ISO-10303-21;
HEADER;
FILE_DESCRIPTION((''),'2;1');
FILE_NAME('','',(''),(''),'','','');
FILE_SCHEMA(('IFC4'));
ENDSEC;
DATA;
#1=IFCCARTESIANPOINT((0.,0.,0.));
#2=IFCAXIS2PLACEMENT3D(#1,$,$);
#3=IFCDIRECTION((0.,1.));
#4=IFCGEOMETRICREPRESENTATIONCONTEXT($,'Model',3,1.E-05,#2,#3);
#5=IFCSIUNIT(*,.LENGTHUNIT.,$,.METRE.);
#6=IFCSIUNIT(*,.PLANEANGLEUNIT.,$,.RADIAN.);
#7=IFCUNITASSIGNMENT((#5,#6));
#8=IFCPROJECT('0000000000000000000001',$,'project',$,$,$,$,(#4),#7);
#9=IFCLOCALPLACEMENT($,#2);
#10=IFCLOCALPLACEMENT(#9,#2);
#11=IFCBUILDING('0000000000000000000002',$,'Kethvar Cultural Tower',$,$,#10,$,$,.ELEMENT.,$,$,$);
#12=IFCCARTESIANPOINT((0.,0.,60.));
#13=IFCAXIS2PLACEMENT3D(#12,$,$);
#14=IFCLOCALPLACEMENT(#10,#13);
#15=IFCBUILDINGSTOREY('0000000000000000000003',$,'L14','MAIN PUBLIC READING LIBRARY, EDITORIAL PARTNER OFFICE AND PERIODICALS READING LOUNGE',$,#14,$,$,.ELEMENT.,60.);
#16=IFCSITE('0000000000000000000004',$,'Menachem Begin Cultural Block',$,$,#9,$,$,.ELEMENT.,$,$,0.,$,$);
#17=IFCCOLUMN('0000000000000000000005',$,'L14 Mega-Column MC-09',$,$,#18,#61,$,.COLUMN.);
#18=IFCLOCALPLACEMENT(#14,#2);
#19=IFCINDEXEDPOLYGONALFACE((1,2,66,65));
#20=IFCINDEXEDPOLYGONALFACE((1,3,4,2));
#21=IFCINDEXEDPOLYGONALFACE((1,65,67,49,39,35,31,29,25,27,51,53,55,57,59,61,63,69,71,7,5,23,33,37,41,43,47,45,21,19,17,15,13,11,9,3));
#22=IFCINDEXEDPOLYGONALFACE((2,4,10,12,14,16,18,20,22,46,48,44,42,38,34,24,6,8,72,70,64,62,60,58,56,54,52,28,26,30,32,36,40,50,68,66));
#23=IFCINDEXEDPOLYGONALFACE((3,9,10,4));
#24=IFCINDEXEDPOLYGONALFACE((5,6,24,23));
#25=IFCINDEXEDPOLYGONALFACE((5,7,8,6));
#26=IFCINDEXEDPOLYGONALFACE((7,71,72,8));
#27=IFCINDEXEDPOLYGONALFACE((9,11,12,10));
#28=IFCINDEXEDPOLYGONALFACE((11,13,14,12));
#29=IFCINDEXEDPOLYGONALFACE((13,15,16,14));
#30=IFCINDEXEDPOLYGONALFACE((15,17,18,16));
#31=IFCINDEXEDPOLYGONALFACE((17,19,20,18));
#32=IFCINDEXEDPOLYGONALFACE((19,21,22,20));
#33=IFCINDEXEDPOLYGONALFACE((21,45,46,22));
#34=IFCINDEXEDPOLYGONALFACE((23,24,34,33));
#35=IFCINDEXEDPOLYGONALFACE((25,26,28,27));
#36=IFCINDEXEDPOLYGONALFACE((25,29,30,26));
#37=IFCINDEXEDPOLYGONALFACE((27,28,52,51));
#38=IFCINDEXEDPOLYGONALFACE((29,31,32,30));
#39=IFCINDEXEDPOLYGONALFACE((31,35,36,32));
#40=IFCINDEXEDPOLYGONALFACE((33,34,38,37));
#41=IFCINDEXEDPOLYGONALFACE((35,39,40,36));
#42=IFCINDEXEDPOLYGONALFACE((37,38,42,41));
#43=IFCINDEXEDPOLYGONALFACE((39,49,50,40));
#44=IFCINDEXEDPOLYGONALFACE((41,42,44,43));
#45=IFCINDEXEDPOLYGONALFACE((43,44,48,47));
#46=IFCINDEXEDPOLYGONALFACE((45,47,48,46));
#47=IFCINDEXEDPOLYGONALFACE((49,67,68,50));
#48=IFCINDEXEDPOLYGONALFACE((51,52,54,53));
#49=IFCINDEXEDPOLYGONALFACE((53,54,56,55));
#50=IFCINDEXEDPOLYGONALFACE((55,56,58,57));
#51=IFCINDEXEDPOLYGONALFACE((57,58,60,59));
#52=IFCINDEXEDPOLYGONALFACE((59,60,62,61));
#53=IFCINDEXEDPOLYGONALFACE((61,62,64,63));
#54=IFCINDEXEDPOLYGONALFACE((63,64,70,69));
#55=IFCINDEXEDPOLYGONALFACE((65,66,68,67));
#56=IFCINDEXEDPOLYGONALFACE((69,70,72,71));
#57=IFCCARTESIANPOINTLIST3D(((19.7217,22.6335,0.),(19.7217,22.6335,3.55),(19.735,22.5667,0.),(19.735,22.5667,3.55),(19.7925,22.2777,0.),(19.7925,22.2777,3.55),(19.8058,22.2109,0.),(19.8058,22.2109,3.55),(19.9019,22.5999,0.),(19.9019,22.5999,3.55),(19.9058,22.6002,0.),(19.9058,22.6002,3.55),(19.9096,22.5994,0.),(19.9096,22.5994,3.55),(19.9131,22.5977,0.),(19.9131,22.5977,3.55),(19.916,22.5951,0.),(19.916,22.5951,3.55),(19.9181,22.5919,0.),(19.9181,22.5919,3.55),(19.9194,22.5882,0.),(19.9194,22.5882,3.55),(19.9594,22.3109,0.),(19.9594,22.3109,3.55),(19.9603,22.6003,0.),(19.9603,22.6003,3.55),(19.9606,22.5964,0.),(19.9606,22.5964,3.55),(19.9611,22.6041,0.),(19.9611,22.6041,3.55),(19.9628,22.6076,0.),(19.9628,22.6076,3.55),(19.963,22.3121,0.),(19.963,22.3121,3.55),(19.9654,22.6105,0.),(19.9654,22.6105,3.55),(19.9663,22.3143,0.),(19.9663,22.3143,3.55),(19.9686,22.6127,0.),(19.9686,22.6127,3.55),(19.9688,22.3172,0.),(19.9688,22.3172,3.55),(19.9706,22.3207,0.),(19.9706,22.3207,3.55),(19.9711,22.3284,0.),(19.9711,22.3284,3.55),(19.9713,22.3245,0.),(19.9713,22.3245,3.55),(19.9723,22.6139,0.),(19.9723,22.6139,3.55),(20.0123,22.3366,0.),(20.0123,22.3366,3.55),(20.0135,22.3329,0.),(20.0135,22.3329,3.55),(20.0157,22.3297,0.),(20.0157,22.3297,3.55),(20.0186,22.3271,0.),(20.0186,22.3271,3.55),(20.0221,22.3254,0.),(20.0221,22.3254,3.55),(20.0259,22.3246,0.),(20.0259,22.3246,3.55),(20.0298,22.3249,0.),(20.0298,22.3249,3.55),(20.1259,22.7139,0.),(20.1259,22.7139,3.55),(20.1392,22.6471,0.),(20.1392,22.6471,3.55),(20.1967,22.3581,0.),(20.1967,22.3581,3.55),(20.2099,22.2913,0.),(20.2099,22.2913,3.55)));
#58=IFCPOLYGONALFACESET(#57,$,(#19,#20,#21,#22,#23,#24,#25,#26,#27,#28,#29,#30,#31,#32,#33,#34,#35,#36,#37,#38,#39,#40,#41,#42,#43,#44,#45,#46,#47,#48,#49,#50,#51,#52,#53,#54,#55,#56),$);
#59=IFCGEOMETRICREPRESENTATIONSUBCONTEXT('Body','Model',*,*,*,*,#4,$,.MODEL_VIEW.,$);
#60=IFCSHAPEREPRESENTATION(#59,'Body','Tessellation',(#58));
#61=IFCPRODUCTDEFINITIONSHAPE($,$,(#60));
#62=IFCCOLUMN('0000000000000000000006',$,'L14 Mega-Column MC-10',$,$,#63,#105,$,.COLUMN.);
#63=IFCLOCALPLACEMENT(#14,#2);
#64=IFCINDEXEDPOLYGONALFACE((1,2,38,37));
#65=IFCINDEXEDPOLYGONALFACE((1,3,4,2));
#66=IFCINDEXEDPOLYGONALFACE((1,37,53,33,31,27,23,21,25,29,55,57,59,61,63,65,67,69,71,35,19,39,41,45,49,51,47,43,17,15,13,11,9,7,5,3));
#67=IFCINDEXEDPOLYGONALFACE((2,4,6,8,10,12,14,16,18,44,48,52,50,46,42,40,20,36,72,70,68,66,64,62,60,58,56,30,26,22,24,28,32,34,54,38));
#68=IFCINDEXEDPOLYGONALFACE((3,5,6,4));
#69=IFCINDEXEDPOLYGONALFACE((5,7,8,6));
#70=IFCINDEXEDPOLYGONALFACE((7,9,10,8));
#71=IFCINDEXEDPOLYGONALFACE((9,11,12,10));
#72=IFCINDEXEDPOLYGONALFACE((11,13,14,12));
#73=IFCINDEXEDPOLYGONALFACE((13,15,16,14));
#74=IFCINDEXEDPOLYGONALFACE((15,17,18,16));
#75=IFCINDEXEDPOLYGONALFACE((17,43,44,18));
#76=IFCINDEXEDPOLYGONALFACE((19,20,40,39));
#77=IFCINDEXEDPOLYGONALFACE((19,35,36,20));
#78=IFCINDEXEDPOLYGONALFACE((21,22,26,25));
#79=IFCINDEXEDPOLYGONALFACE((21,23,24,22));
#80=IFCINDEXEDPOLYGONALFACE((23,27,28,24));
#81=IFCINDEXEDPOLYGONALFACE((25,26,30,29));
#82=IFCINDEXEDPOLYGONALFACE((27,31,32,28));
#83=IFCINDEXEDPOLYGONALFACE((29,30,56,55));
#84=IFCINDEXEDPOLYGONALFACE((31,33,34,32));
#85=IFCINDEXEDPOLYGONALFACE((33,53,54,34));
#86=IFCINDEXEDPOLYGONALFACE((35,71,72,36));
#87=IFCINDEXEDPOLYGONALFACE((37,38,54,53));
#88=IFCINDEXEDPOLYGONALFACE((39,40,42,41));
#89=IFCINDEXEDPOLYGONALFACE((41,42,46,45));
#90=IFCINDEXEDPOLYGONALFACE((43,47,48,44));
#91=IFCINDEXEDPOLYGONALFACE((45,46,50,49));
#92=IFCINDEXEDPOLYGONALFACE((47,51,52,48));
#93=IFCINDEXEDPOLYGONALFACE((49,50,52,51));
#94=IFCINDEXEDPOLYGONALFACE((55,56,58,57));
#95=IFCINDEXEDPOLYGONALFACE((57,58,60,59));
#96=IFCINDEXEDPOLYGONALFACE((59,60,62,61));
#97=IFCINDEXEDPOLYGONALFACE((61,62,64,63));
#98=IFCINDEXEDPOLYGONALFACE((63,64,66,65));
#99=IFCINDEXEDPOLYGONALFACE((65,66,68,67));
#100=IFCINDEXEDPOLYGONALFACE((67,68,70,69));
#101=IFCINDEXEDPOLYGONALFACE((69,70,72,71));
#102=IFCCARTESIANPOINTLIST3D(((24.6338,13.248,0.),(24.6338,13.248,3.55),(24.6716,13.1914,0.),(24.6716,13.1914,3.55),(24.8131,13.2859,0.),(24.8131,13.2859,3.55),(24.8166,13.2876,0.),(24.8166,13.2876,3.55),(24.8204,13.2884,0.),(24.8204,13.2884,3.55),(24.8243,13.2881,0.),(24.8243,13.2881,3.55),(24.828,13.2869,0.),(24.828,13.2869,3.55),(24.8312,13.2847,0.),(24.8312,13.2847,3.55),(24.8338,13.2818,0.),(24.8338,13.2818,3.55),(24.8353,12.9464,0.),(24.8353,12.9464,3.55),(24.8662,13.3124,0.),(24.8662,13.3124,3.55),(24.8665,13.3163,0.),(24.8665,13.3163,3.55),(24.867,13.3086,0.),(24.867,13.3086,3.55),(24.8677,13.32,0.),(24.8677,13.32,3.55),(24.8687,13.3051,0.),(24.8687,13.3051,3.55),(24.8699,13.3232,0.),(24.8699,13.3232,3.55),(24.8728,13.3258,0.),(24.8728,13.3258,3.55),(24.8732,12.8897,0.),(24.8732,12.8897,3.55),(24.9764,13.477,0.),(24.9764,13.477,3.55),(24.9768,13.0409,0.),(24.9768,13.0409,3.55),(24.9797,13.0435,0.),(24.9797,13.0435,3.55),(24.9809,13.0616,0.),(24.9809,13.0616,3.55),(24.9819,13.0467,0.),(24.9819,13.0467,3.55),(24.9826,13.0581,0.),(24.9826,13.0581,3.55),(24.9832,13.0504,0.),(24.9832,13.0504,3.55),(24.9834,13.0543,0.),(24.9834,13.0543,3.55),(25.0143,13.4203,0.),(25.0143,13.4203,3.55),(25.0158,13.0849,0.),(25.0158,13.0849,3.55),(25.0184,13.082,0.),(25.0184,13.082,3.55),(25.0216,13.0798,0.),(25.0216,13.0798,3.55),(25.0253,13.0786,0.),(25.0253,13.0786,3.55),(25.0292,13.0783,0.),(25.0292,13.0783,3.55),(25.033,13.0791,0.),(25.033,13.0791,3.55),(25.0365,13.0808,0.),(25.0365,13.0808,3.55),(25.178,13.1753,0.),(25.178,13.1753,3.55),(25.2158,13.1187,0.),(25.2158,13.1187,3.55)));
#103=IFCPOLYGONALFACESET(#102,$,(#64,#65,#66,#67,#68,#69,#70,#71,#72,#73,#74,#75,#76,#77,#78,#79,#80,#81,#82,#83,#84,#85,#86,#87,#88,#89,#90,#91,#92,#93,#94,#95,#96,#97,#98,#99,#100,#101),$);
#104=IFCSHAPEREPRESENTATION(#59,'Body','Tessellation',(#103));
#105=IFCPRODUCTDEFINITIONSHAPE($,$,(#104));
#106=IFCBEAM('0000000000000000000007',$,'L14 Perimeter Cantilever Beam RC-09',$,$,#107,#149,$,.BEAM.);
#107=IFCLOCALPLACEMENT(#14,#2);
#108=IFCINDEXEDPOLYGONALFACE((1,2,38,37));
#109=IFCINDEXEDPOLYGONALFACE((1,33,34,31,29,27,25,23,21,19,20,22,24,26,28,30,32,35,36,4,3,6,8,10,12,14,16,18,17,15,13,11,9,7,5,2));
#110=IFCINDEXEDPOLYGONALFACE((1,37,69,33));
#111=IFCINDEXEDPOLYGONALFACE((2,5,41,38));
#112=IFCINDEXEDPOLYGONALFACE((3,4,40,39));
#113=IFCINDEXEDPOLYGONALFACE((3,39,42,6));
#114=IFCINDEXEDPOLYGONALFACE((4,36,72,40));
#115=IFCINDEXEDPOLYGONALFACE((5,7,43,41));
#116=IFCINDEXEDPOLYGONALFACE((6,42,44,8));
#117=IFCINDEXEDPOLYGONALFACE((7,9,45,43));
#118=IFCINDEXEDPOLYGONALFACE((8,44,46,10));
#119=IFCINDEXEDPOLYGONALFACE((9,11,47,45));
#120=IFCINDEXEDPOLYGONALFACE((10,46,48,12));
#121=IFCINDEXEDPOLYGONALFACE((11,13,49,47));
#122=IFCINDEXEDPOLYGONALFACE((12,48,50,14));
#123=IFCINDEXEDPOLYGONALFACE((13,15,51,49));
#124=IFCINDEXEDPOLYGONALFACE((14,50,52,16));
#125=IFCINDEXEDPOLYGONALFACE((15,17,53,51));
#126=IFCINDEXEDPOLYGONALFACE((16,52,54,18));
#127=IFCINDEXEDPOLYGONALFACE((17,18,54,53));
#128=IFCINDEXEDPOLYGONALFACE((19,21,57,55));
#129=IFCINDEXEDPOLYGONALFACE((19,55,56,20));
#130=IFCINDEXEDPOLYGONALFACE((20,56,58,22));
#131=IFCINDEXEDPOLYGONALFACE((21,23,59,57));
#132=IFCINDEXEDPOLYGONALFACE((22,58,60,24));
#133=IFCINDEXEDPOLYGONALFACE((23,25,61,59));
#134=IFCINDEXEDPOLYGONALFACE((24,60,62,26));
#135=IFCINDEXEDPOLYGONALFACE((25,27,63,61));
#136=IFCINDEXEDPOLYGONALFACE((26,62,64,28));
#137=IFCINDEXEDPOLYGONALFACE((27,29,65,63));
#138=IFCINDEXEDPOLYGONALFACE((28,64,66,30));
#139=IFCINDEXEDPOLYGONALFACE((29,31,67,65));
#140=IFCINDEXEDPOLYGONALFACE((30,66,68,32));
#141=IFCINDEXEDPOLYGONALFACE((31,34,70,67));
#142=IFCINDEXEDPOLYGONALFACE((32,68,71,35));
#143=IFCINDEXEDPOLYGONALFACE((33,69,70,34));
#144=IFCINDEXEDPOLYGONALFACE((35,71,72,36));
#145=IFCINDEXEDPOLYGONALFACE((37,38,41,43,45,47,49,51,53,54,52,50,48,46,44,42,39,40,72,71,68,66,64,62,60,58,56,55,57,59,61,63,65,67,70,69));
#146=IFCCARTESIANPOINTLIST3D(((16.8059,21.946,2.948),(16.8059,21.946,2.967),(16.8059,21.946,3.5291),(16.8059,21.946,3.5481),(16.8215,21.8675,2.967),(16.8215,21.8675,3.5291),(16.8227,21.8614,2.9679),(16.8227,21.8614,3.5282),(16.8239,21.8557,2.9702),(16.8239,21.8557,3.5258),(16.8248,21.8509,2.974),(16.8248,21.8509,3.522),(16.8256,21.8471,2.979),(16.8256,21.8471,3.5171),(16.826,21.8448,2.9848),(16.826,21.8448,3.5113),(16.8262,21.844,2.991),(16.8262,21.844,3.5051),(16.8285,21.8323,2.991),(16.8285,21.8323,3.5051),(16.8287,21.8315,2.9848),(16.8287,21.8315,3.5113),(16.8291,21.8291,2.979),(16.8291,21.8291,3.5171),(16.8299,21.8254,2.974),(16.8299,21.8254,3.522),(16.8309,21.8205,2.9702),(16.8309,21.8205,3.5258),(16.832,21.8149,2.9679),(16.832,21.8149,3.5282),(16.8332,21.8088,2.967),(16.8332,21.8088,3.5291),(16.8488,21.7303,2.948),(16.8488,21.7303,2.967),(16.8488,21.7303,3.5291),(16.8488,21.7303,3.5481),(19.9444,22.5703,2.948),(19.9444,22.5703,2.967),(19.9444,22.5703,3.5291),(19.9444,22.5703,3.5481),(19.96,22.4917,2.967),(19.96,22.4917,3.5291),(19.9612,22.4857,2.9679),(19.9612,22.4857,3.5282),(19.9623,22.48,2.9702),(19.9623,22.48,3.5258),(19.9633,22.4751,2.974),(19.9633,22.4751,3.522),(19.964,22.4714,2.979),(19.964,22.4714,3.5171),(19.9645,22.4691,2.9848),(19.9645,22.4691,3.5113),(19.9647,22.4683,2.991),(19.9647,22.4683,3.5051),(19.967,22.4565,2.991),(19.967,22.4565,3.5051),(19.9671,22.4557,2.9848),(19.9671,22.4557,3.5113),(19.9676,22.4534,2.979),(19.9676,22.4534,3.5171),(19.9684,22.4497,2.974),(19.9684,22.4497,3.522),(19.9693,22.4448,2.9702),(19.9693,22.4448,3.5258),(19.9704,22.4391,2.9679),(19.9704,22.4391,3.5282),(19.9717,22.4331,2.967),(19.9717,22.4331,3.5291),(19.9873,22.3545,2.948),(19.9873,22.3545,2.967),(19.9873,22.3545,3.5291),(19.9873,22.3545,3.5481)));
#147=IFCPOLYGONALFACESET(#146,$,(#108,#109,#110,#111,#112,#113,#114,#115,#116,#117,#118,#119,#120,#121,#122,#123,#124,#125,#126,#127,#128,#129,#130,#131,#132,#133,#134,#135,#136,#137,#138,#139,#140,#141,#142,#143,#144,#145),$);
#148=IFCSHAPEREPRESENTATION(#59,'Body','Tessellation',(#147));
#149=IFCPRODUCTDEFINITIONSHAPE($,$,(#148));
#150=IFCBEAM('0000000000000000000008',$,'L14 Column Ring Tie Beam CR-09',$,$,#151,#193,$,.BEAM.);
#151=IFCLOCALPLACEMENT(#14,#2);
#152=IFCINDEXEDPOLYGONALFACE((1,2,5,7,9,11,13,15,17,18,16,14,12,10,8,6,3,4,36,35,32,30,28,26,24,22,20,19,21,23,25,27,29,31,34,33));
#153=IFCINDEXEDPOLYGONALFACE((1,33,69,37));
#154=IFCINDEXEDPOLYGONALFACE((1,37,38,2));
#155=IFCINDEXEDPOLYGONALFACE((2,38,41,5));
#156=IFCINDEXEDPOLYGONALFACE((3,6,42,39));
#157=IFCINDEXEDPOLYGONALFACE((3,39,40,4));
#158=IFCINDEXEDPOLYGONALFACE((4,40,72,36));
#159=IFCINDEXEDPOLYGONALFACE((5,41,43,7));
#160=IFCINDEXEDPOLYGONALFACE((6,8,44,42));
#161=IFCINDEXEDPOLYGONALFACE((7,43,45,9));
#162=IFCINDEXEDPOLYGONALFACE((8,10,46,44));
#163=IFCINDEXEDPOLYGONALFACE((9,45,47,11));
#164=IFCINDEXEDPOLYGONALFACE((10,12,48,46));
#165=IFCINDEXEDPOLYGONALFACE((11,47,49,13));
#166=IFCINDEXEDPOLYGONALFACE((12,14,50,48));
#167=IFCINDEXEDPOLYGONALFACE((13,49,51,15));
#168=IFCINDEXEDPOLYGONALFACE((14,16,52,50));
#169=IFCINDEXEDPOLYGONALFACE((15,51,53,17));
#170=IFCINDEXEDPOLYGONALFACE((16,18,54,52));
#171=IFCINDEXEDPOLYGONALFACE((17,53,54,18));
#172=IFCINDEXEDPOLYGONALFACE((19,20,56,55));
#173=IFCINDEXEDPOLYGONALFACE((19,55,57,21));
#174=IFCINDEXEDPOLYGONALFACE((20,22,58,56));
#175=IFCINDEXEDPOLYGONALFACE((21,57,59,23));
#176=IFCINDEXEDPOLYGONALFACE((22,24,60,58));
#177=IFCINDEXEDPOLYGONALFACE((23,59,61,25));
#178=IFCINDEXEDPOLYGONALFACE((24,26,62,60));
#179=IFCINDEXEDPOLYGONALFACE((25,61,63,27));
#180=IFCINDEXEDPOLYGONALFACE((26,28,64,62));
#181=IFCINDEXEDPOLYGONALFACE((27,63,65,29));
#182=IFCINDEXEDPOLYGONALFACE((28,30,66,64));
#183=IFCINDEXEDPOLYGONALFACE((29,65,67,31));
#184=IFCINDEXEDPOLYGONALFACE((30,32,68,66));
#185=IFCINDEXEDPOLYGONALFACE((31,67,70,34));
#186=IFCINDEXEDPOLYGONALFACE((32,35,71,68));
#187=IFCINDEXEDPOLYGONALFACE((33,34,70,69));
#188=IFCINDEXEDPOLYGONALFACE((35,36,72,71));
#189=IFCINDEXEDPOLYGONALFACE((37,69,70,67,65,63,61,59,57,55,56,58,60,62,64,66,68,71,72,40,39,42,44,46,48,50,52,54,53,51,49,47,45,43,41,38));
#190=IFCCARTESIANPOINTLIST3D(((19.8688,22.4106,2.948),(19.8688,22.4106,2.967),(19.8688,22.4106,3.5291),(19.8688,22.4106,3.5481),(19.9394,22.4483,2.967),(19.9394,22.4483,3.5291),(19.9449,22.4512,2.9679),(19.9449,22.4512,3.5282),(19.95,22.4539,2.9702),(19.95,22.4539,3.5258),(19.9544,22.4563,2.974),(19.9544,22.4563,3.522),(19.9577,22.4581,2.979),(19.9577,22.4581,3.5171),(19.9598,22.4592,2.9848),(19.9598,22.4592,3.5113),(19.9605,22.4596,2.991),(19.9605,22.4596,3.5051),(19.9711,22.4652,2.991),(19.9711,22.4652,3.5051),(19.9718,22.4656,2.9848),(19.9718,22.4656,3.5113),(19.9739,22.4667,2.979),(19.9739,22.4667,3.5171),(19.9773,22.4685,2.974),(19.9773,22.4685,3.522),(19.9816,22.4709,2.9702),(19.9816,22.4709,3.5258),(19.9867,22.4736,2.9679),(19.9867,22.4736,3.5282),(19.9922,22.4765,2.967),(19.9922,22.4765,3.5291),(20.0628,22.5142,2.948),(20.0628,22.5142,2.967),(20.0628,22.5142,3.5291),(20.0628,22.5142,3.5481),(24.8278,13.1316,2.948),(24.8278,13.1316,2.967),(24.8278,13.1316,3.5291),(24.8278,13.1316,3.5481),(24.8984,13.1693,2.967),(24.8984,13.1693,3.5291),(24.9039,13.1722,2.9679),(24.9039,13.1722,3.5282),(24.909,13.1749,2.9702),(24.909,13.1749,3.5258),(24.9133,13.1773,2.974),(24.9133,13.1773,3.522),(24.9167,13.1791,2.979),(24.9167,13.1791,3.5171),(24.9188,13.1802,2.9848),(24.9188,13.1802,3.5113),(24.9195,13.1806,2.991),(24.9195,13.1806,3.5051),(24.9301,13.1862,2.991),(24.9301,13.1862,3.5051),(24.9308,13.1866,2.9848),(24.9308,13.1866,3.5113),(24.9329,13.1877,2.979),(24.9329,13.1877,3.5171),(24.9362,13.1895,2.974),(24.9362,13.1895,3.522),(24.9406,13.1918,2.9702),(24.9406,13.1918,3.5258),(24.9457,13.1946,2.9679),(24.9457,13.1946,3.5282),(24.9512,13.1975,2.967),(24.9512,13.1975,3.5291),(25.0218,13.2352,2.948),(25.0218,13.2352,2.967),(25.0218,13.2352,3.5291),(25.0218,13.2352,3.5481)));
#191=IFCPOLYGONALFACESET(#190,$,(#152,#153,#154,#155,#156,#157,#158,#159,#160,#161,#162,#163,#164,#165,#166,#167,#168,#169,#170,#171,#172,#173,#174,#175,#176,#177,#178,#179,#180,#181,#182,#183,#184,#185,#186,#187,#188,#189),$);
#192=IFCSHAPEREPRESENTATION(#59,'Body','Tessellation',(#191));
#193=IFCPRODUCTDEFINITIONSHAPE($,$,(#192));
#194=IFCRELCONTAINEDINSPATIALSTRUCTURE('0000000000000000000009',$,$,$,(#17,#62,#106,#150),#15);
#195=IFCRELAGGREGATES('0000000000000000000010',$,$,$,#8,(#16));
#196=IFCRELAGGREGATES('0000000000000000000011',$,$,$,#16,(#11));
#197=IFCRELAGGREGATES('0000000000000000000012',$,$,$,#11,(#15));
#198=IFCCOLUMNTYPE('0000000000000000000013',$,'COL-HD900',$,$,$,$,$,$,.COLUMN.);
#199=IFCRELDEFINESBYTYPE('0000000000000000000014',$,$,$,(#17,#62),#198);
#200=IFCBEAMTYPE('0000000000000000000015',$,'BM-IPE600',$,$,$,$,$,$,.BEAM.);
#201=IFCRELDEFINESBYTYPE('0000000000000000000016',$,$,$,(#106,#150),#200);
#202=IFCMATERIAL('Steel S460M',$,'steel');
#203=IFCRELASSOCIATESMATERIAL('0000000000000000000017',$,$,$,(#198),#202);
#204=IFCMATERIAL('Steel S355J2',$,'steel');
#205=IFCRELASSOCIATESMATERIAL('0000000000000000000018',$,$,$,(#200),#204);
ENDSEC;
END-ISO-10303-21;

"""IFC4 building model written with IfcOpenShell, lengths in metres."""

from ifc_helpers import new_model, si_unit, direction, frame, origin, origin_2d, place, context, subcontext, project, spatial, i_section, extrude, source, transform, mapped, material, material_profile, profile_set, type_object, element, save


model = new_model("IFC4")

# Units and contexts
model_context = context("Model", 3, precision=1e-05, world=origin(), true_north=direction((0.0, 1.0)))
body_context = subcontext(model_context, "Body", "Model", "MODEL_VIEW")
ifc_project = project(units=[si_unit("LENGTHUNIT", "METRE"), si_unit("PLANEANGLEUNIT", "RADIAN")], contexts=[model_context])

# Site, building, storey
site_placement = place(None, origin())
site = spatial("IfcSite", under=ifc_project, at=site_placement, Name="Menachem Begin Cultural Block", CompositionType="ELEMENT", RefElevation=0.0)
building_placement = place(site_placement, origin())
building = spatial("IfcBuilding", under=site, at=building_placement, Name="Kethvar Cultural Tower", CompositionType="ELEMENT")
storey_placement = place(building_placement, frame((0.0, 0.0, 60.0)))
storey = spatial("IfcBuildingStorey", under=building, at=storey_placement, Name="L14", Description="MAIN PUBLIC READING LIBRARY, EDITORIAL PARTNER OFFICE AND PERIODICALS READING LOUNGE", CompositionType="ELEMENT", Elevation=60.0)

# Columns
ifc_material_1 = material(Name="Steel S460M", Category="steel")
ifc_material_profile_1 = material_profile(ifc_material_1, i_section(OverallWidth=0.4121, OverallDepth=0.4309, WebThickness=0.042, FlangeThickness=0.0681, FilletRadius=0.0149, at=origin_2d()), Name="Steel S460M — HD400x900")
ifc_profile_set_1 = profile_set([ifc_material_profile_1], Name="Steel S460M — HD400x900")
column_type = type_object("IfcColumnType", Name="COL-HD900", PredefinedType="COLUMN", material=ifc_profile_set_1)
shared_shape_1 = source(origin(), body_context, "Body", "SweptSolid", [
    extrude(i_section(OverallWidth=0.4121, OverallDepth=0.4309, WebThickness=0.042, FlangeThickness=0.0681, FilletRadius=0.0149, at=origin_2d()), origin(), (0.0, 0.0, 1.0), 3.55),
])
for number, where, z_axis, x_axis, name in (
    (1, (19.9658, 22.4624, 0.0), (0.0, 0.0, 1.0), (-0.980785, -0.19509, 0.0), "L14 Mega-Column MC-09"),
    (2, (24.9248, 13.1833, 0.0), (0.0, 0.0, 1.0), (-0.83147, -0.55557, 0.0), "L14 Mega-Column MC-10"),
):
    element("IfcColumn", number, at=place(storey_placement, frame(where, z_axis=z_axis, x_axis=x_axis)), inside=storey, type_object=column_type, Name=name, PredefinedType="COLUMN", context=body_context, shape_type="MappedRepresentation", body=[
        mapped(shared_shape_1, transform((0.0, 0.0, 0.0), scale=1.0)),
    ])

# Beams
ifc_material_2 = material(Name="Steel S355J2", Category="steel")
ifc_material_profile_2 = material_profile(ifc_material_2, i_section(OverallWidth=0.22, OverallDepth=0.6001, WebThickness=0.012, FlangeThickness=0.019, FilletRadius=0.0239, at=origin_2d()), Name="Steel S355J2 — IPE600")
ifc_profile_set_2 = profile_set([ifc_material_profile_2], Name="Steel S355J2 — IPE600")
beam_type_1 = type_object("IfcBeamType", Name="BM-IPE600", PredefinedType="BEAM", material=ifc_profile_set_2)
shared_shape_2 = source(origin(), body_context, "Body", "SweptSolid", [
    extrude(i_section(OverallWidth=0.22, OverallDepth=0.6001, WebThickness=0.012, FlangeThickness=0.019, FilletRadius=0.0239, at=origin_2d()), origin(), (0.0, 0.0, 1.0), 3.2),
])
beam_1_placement = place(storey_placement, frame((19.9658, 22.4624, 3.248), z_axis=(-0.980786, -0.195089, 0.0), x_axis=(0.195089, -0.980786, 0.0)))
element("IfcBeam", 3, at=beam_1_placement, inside=storey, type_object=beam_type_1, Name="L14 Perimeter Cantilever Beam RC-09", PredefinedType="BEAM", context=body_context, shape_type="MappedRepresentation", body=[
    mapped(shared_shape_2, transform((0.0, 0.0, 0.0), scale=1.0)),
])
shared_shape_3 = source(origin(), body_context, "Body", "SweptSolid", [
    extrude(i_section(OverallWidth=0.22, OverallDepth=0.6001, WebThickness=0.012, FlangeThickness=0.019, FilletRadius=0.0239, at=origin_2d()), origin(), (0.0, 0.0, 1.0), 10.521),
])
beam_2_placement = place(storey_placement, frame((19.9658, 22.4624, 3.248), z_axis=(0.47134, -0.881952, 0.0), x_axis=(0.881952, 0.47134, 0.0)))
element("IfcBeam", 4, at=beam_2_placement, inside=storey, type_object=beam_type_1, Name="L14 Column Ring Tie Beam CR-09", PredefinedType="BEAM", context=body_context, shape_type="MappedRepresentation", body=[
    mapped(shared_shape_3, transform((0.0, 0.0, 0.0), scale=1.0)),
])

save(model, "model.ifc")
